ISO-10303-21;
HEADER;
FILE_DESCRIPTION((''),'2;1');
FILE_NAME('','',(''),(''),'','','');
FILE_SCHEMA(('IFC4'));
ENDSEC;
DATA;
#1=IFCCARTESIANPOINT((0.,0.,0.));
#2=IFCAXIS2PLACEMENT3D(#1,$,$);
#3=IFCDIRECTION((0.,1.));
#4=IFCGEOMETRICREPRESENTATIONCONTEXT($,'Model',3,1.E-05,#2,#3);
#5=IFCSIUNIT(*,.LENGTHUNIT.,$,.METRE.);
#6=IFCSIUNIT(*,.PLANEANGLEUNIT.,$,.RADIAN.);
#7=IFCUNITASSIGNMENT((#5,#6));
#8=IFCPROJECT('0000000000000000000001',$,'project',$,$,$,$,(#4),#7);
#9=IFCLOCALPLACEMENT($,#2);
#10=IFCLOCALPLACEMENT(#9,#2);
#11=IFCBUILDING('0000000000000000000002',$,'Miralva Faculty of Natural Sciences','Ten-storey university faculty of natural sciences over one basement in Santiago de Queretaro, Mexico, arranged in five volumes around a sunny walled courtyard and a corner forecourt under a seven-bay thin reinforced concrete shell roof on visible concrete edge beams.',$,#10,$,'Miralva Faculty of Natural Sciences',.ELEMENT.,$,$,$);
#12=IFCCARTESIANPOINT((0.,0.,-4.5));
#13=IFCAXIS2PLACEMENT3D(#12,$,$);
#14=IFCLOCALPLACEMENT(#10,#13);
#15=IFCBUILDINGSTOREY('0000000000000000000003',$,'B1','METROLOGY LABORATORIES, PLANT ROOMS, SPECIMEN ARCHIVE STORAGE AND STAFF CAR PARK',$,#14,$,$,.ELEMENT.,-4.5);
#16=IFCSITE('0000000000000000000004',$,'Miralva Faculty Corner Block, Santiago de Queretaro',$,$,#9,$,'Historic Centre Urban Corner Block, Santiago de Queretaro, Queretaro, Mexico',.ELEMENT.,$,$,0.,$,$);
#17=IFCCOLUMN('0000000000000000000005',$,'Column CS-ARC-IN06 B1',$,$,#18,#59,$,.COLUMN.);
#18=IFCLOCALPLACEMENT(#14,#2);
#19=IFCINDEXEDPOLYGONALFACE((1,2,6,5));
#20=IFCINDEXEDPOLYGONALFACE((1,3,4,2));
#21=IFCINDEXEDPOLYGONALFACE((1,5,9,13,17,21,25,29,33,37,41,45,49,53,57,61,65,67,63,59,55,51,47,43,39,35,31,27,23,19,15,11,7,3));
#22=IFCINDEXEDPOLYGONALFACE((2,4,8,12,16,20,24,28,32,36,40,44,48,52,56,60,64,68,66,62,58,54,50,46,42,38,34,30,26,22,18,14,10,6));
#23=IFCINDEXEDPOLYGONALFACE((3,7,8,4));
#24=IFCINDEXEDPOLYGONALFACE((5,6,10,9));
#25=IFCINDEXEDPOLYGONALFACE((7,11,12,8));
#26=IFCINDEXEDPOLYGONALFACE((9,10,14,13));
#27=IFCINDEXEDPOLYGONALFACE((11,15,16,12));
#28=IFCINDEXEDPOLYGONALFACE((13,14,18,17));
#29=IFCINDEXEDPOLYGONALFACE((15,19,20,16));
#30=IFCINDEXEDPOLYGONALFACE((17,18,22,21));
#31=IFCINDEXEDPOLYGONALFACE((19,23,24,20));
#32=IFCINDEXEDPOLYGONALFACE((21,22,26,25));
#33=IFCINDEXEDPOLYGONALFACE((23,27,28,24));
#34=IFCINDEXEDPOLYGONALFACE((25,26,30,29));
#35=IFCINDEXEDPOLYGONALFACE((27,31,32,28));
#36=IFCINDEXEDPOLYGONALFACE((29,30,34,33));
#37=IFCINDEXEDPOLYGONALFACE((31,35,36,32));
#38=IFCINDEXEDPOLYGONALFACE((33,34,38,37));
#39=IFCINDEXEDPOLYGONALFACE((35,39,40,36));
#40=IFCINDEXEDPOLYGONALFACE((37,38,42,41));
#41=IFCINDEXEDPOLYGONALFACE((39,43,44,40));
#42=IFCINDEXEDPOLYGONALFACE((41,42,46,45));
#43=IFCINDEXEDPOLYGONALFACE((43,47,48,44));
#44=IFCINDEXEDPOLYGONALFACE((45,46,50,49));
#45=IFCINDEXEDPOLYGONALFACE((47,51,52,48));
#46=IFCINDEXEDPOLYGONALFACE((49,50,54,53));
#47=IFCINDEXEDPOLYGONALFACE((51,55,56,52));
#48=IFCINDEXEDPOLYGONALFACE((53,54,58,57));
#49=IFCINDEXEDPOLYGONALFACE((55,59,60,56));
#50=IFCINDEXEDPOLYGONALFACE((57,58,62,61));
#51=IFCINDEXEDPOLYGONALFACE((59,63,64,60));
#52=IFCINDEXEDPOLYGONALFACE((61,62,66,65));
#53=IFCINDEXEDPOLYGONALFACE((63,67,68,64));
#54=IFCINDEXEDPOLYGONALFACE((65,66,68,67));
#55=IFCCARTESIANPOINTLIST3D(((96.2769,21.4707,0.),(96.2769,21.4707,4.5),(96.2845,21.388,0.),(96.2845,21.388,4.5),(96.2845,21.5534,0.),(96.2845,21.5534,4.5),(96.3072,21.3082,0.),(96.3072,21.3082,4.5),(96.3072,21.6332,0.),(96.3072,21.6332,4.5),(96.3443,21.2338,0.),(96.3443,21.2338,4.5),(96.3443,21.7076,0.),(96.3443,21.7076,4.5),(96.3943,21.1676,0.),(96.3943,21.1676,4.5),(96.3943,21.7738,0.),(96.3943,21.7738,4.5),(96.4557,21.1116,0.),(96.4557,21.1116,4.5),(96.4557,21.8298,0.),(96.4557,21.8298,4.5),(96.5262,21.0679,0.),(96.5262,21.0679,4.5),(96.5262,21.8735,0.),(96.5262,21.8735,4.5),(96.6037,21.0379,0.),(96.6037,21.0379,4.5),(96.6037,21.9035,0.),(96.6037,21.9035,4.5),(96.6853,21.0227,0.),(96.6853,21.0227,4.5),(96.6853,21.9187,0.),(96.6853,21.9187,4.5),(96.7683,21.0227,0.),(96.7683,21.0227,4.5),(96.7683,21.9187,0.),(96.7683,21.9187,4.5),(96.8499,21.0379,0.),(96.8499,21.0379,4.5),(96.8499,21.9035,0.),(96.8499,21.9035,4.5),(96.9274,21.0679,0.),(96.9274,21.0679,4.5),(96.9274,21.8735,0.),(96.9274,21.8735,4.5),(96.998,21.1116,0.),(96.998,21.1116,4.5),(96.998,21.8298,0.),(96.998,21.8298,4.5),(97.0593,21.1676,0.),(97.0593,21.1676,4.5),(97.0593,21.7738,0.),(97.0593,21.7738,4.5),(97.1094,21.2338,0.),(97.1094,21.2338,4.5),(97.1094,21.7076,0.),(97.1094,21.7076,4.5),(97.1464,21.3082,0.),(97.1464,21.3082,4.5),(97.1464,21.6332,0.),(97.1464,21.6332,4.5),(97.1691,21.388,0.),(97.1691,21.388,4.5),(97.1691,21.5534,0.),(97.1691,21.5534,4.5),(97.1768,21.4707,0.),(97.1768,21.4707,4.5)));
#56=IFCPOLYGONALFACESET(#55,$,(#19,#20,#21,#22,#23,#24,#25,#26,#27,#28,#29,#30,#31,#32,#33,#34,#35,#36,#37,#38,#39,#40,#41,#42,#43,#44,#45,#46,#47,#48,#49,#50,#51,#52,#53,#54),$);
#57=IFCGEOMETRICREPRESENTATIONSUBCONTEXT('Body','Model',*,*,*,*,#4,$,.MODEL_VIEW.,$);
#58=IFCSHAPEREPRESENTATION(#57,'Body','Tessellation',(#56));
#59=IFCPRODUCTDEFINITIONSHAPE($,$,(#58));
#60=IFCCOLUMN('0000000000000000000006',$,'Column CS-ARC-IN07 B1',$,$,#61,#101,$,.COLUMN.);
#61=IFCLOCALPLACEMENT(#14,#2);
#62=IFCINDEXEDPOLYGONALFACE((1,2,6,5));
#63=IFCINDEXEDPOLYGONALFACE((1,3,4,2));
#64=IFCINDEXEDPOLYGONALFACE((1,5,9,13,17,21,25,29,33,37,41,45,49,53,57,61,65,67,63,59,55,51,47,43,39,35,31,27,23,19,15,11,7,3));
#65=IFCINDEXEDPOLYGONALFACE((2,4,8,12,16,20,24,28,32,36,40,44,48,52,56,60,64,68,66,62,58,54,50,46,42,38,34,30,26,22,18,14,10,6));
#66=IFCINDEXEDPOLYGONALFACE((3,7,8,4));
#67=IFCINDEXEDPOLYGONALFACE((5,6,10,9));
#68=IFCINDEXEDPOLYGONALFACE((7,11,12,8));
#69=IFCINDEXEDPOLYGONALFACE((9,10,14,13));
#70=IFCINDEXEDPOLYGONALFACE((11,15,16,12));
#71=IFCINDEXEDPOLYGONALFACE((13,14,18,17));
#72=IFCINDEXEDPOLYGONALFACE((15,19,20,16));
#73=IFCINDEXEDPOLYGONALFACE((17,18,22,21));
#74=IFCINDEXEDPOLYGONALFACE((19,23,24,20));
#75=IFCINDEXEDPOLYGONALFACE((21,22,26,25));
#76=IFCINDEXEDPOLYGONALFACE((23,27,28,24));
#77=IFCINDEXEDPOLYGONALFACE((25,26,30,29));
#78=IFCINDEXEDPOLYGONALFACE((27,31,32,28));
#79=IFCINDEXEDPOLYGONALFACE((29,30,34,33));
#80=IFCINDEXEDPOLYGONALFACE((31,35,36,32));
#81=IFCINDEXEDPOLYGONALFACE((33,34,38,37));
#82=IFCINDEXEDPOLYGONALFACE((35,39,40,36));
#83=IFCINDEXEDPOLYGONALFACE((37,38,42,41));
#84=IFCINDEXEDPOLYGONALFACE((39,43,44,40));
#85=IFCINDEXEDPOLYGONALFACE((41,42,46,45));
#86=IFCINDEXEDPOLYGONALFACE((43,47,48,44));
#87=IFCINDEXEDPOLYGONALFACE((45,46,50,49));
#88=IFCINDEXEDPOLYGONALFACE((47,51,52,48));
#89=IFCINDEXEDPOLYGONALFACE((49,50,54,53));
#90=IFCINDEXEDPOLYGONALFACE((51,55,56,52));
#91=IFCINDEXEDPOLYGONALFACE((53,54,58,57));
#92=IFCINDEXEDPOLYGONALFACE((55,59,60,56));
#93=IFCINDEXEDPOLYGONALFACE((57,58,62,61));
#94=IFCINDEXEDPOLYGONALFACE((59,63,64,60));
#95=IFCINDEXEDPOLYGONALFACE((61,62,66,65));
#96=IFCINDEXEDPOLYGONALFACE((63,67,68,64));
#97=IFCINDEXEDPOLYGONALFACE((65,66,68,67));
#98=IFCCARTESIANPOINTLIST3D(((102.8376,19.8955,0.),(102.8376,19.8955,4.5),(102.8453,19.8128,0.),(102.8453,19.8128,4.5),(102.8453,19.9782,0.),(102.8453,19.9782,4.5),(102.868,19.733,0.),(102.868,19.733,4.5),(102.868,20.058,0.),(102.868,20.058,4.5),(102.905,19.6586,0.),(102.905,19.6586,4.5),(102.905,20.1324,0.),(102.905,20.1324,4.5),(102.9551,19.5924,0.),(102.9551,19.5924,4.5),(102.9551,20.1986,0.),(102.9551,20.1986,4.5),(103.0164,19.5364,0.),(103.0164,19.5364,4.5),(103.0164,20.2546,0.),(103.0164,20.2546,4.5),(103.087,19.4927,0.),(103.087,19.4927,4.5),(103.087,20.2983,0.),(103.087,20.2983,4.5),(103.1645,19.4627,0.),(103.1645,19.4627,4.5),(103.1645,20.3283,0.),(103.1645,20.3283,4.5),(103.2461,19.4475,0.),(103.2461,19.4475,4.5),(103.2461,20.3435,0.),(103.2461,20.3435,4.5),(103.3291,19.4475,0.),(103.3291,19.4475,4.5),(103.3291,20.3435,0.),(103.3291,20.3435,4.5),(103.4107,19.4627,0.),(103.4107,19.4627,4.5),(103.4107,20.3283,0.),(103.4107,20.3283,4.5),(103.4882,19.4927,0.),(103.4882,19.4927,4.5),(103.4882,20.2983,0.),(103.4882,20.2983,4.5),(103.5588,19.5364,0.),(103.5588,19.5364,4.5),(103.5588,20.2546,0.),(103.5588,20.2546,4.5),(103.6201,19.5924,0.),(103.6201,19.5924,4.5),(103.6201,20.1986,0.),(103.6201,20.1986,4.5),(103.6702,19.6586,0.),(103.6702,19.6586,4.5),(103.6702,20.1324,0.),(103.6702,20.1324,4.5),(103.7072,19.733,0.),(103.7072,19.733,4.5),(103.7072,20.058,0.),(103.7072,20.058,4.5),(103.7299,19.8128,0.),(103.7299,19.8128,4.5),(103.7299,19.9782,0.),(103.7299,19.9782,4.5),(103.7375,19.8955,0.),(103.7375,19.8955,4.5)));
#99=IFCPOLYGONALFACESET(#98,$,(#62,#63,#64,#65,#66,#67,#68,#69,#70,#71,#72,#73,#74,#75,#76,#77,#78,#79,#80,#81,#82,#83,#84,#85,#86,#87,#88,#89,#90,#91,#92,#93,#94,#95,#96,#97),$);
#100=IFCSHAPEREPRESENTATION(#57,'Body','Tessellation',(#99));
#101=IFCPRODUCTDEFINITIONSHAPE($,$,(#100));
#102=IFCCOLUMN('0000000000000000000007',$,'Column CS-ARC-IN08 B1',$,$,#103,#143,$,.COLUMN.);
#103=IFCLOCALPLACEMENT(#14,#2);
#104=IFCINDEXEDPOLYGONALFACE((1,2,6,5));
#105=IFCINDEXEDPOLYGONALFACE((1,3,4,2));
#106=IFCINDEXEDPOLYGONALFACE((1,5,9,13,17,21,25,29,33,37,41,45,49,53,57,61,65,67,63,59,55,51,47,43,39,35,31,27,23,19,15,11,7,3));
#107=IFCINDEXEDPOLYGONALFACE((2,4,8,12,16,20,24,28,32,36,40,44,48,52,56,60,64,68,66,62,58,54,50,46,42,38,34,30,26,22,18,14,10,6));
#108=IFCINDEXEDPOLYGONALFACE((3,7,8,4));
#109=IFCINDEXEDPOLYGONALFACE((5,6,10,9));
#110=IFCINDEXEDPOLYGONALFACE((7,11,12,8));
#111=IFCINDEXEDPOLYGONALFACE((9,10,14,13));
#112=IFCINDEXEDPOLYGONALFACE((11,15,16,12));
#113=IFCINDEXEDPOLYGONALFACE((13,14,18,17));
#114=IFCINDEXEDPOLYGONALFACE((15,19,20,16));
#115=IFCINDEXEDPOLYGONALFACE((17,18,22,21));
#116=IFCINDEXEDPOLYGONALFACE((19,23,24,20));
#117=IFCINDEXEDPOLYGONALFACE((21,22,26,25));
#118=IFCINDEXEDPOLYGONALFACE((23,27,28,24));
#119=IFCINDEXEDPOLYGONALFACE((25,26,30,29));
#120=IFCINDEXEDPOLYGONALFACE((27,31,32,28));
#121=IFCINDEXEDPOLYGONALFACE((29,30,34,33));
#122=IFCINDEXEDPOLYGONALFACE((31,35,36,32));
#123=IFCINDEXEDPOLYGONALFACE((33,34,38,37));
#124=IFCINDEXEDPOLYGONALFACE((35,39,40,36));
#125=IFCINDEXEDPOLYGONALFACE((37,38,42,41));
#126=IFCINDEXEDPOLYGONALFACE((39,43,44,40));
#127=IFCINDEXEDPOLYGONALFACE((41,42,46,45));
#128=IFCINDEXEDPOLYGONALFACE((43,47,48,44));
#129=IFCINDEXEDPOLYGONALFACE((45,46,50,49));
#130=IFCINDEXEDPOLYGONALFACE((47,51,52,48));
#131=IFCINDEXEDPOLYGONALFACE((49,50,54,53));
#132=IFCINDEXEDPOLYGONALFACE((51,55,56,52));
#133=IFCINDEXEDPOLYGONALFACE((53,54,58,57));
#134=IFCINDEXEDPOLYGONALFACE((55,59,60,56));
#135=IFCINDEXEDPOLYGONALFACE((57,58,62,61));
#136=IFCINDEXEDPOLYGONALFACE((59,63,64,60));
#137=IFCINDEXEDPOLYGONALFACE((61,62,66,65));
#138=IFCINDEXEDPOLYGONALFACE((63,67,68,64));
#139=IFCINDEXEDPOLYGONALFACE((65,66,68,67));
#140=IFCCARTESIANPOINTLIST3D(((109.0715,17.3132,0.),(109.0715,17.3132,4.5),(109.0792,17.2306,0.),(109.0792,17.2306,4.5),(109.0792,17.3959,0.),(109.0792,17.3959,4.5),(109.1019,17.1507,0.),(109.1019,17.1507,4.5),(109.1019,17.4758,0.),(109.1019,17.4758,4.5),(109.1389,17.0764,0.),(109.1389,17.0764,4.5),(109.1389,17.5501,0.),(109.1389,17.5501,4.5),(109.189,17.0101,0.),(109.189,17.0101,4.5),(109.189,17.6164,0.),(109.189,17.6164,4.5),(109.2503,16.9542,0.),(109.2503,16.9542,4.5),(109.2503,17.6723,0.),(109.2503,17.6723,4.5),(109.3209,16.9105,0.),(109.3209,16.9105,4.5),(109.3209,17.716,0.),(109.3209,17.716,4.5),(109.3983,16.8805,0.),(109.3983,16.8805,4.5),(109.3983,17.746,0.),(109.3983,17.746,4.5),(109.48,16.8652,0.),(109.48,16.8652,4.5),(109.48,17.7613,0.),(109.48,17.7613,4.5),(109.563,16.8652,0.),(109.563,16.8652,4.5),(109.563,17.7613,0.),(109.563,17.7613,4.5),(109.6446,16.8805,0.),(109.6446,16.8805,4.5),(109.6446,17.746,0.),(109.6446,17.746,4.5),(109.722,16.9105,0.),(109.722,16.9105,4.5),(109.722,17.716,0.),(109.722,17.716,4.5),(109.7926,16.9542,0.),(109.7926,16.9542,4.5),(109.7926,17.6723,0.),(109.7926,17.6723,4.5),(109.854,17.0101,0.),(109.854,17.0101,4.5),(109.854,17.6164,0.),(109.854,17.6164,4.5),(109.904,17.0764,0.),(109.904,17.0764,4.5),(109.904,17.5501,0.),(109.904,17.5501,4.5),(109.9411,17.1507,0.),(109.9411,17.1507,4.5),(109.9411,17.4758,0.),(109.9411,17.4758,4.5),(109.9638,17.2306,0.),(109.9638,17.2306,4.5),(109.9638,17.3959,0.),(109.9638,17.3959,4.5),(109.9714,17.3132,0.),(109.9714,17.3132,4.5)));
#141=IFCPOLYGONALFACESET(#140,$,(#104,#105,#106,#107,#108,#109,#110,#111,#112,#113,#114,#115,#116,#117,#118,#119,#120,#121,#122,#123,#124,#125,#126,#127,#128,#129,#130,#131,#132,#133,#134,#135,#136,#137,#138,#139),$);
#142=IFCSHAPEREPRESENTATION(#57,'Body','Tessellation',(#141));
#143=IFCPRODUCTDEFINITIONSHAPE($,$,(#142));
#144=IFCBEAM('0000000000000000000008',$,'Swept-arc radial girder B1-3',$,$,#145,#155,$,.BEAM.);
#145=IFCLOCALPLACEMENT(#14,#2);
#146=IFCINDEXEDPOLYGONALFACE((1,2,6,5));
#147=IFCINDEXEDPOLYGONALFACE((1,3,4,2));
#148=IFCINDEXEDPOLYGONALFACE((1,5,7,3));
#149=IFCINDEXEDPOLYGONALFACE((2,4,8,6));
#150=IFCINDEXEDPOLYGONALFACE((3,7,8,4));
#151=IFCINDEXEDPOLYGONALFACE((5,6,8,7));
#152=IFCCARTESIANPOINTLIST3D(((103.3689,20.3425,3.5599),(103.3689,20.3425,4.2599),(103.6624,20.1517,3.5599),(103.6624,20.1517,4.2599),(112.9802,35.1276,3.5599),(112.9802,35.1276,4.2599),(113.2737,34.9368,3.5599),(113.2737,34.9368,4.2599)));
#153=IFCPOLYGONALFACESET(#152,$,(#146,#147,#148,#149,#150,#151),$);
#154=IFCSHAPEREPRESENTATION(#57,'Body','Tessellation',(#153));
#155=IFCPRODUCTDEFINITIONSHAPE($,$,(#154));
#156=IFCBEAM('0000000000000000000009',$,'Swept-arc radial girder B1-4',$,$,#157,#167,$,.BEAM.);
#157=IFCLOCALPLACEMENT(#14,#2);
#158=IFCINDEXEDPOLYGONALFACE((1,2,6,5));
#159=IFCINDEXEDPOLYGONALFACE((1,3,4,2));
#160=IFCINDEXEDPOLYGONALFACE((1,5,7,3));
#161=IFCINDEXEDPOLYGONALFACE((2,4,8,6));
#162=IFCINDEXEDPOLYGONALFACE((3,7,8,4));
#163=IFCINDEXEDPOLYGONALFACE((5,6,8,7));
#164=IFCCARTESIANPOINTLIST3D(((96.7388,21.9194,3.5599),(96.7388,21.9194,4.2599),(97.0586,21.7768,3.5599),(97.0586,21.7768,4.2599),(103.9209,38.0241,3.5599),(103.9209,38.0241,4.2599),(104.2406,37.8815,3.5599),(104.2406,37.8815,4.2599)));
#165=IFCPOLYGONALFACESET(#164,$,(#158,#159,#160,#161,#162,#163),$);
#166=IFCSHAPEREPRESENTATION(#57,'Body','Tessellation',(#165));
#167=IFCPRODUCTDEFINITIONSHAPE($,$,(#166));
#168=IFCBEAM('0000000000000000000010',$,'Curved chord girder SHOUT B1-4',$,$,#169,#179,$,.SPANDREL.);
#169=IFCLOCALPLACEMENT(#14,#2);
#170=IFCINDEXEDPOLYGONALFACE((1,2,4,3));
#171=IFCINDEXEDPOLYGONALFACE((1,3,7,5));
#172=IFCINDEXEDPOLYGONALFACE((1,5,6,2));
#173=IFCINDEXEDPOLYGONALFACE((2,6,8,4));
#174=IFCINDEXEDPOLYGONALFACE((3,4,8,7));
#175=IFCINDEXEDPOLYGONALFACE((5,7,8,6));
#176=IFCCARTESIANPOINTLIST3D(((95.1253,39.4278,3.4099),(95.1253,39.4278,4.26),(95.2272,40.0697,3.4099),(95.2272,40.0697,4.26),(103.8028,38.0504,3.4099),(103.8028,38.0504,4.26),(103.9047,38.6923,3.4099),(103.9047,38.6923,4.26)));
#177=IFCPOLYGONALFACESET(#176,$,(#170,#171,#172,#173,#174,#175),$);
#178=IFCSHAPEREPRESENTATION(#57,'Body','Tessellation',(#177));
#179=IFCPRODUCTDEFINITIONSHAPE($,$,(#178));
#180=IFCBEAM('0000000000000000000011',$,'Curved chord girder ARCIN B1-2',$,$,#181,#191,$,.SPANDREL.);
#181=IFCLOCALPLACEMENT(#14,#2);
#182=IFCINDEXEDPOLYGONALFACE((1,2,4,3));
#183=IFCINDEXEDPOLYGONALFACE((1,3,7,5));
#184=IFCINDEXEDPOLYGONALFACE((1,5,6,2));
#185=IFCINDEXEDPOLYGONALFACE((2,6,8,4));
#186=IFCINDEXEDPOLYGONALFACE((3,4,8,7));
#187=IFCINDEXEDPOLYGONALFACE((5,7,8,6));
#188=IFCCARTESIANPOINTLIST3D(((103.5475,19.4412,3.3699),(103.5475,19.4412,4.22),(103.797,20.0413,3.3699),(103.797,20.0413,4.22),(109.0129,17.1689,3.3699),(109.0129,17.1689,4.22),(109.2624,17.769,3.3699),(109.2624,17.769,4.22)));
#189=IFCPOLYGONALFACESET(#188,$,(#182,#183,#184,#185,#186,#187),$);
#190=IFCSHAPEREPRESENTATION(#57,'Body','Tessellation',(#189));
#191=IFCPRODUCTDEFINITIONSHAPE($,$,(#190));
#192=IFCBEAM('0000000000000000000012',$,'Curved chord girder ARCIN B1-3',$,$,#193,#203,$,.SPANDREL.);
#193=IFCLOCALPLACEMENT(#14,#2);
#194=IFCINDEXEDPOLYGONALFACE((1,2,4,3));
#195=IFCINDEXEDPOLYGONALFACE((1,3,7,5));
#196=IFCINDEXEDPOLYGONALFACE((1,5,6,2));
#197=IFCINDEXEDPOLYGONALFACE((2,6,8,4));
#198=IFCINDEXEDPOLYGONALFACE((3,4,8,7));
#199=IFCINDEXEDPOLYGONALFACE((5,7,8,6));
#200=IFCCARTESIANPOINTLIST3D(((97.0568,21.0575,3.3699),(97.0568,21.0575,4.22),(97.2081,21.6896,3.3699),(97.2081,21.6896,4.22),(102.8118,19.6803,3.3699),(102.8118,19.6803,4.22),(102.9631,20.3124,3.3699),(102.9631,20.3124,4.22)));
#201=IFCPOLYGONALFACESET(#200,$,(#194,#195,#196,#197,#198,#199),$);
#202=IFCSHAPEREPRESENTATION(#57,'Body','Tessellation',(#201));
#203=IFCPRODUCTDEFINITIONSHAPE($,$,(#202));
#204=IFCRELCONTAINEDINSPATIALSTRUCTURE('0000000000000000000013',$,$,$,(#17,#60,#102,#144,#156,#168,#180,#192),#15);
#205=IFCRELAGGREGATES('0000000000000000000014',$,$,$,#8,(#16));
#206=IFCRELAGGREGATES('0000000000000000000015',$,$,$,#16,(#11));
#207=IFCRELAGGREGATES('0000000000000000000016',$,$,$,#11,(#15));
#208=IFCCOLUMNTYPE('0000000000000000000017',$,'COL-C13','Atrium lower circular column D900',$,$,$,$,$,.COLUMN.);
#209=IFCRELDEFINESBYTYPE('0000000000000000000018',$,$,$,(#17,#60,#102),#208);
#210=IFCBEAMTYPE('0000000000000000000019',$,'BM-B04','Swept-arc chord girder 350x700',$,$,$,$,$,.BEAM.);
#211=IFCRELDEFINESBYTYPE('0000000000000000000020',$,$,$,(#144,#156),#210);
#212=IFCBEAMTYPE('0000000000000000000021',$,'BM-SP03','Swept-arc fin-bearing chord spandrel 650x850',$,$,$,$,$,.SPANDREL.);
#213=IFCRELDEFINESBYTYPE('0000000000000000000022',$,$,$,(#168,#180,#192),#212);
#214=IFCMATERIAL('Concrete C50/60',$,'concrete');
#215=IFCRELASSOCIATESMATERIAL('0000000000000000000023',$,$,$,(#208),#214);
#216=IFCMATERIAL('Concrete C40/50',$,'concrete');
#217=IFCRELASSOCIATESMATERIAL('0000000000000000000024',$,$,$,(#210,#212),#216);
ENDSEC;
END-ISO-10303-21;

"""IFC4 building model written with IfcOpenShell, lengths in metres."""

from ifc_helpers import new_model, si_unit, direction, frame, origin, origin_2d, place, context, subcontext, project, spatial, rectangle, circle, extrude, material, material_profile, profile_set, type_object, element, save


model = new_model("IFC4")

# Units and contexts
model_context = context("Model", 3, precision=1e-05, world=origin(), true_north=direction((0.0, 1.0)))
body_context = subcontext(model_context, "Body", "Model", "MODEL_VIEW")
ifc_project = project(units=[si_unit("LENGTHUNIT", "METRE"), si_unit("PLANEANGLEUNIT", "RADIAN")], contexts=[model_context])

# Site, building, storey
site_placement = place(None, origin())
site = spatial("IfcSite", under=ifc_project, at=site_placement, Name="Miralva Faculty Corner Block, Santiago de Queretaro", LongName="Historic Centre Urban Corner Block, Santiago de Queretaro, Queretaro, Mexico", CompositionType="ELEMENT", RefElevation=0.0)
building_placement = place(site_placement, origin())
building = spatial("IfcBuilding", under=site, at=building_placement, Name="Miralva Faculty of Natural Sciences", Description="Ten-storey university faculty of natural sciences over one basement in Santiago de Queretaro, Mexico, arranged in five volumes around a sunny walled courtyard and a corner forecourt under a seven-bay thin reinforced concrete shell roof on visible concrete edge beams.", LongName="Miralva Faculty of Natural Sciences", CompositionType="ELEMENT")
storey_placement = place(building_placement, frame((0.0, 0.0, -4.5)))
storey = spatial("IfcBuildingStorey", under=building, at=storey_placement, Name="B1", Description="METROLOGY LABORATORIES, PLANT ROOMS, SPECIMEN ARCHIVE STORAGE AND STAFF CAR PARK", CompositionType="ELEMENT", Elevation=-4.5)

# Shared definitions
ifc_material_1 = material(Name="Concrete C40/50", Category="concrete")

# Columns
ifc_material_2 = material(Name="Concrete C50/60", Category="concrete")
ifc_material_profile_1 = material_profile(ifc_material_2, circle(Radius=0.45, at=origin_2d()), Name="RC DIA 900")
ifc_profile_set_1 = profile_set([ifc_material_profile_1], Name="Concrete C50/60")
column_type_1 = type_object("IfcColumnType", Name="COL-C13", Description="Atrium lower circular column D900", PredefinedType="COLUMN", material=ifc_profile_set_1)
for number, where, z_axis, x_axis, name in (
    (1, (96.7268, 21.4707, 0.0), (0.0, 0.0, 1.0), (1.0, 0.0, 0.0), "Column CS-ARC-IN06 B1"),
    (2, (103.2876, 19.8955, 0.0), (0.0, 0.0, 1.0), (1.0, 0.0, 0.0), "Column CS-ARC-IN07 B1"),
    (3, (109.5215, 17.3132, 0.0), (0.0, 0.0, 1.0), (1.0, 0.0, 0.0), "Column CS-ARC-IN08 B1"),
):
    element("IfcColumn", number, at=place(storey_placement, frame(where, z_axis=z_axis, x_axis=x_axis)), inside=storey, type_object=column_type_1, Name=name, PredefinedType="COLUMN", context=body_context, shape_type="SweptSolid", body=[
        extrude(circle(Radius=0.45, at=origin_2d()), origin(), (0.0, 0.0, 1.0), 4.5),
    ])

# Beams
ifc_material_profile_2 = material_profile(ifc_material_1, rectangle(XDim=0.3501, YDim=0.7, at=origin_2d()), Name="RC 350x700")
ifc_profile_set_2 = profile_set([ifc_material_profile_2], Name="Concrete C40/50")
beam_type_1 = type_object("IfcBeamType", Name="BM-B04", Description="Swept-arc chord girder 350x700", PredefinedType="BEAM", material=ifc_profile_set_2)
beam_1_placement = place(storey_placement, frame((103.5156, 20.2471, 3.9099), z_axis=(0.545027, 0.838418, 0.0), x_axis=(-0.838418, 0.545027, 0.0)))
element("IfcBeam", 4, at=beam_1_placement, inside=storey, type_object=beam_type_1, Name="Swept-arc radial girder B1-3", PredefinedType="BEAM", context=body_context, shape_type="SweptSolid", body=[
    extrude(rectangle(XDim=0.3501, YDim=0.7, at=origin_2d()), origin(), (0.0, 0.0, 1.0), 17.6345),
])
beam_2_placement = place(storey_placement, frame((96.8987, 21.8481, 3.9099), z_axis=(0.407297, 0.913296, 0.0), x_axis=(-0.913296, 0.407297, 0.0)))
element("IfcBeam", 5, at=beam_2_placement, inside=storey, type_object=beam_type_1, Name="Swept-arc radial girder B1-4", PredefinedType="BEAM", context=body_context, shape_type="SweptSolid", body=[
    extrude(rectangle(XDim=0.3501, YDim=0.7, at=origin_2d()), origin(), (0.0, 0.0, 1.0), 17.6335),
])
ifc_material_profile_3 = material_profile(ifc_material_1, rectangle(XDim=0.6499, YDim=0.8501, at=origin_2d()), Name="RC 650x850")
ifc_profile_set_3 = profile_set([ifc_material_profile_3], Name="Concrete C40/50")
beam_type_2 = type_object("IfcBeamType", Name="BM-SP03", Description="Swept-arc fin-bearing chord spandrel 650x850", PredefinedType="SPANDREL", material=ifc_profile_set_3)
beam_3_placement = place(storey_placement, frame((103.8538, 38.3713, 3.835), z_axis=(-0.987634, 0.156774, 0.0), x_axis=(-0.156774, -0.987634, 0.0)))
element("IfcBeam", 6, at=beam_3_placement, inside=storey, type_object=beam_type_2, Name="Curved chord girder SHOUT B1-4", PredefinedType="SPANDREL", context=body_context, shape_type="SweptSolid", body=[
    extrude(rectangle(XDim=0.6499, YDim=0.8501, at=origin_2d()), origin(), (0.0, 0.0, 1.0), 8.7861),
])
beam_4_placement = place(storey_placement, frame((109.1377, 17.469, 3.7949), z_axis=(-0.923377, 0.383895, 0.0), x_axis=(-0.383895, -0.923377, 0.0)))
element("IfcBeam", 7, at=beam_4_placement, inside=storey, type_object=beam_type_2, Name="Curved chord girder ARCIN B1-2", PredefinedType="SPANDREL", context=body_context, shape_type="SweptSolid", body=[
    extrude(rectangle(XDim=0.6499, YDim=0.8501, at=origin_2d()), origin(), (0.0, 0.0, 1.0), 5.9189),
])
beam_5_placement = place(storey_placement, frame((102.8875, 19.9963, 3.7949), z_axis=(-0.97254, 0.232738, 0.0), x_axis=(-0.232738, -0.97254, 0.0)))
element("IfcBeam", 8, at=beam_5_placement, inside=storey, type_object=beam_type_2, Name="Curved chord girder ARCIN B1-3", PredefinedType="SPANDREL", context=body_context, shape_type="SweptSolid", body=[
    extrude(rectangle(XDim=0.6499, YDim=0.8501, at=origin_2d()), origin(), (0.0, 0.0, 1.0), 5.9175),
])

save(model, "model.ifc")
